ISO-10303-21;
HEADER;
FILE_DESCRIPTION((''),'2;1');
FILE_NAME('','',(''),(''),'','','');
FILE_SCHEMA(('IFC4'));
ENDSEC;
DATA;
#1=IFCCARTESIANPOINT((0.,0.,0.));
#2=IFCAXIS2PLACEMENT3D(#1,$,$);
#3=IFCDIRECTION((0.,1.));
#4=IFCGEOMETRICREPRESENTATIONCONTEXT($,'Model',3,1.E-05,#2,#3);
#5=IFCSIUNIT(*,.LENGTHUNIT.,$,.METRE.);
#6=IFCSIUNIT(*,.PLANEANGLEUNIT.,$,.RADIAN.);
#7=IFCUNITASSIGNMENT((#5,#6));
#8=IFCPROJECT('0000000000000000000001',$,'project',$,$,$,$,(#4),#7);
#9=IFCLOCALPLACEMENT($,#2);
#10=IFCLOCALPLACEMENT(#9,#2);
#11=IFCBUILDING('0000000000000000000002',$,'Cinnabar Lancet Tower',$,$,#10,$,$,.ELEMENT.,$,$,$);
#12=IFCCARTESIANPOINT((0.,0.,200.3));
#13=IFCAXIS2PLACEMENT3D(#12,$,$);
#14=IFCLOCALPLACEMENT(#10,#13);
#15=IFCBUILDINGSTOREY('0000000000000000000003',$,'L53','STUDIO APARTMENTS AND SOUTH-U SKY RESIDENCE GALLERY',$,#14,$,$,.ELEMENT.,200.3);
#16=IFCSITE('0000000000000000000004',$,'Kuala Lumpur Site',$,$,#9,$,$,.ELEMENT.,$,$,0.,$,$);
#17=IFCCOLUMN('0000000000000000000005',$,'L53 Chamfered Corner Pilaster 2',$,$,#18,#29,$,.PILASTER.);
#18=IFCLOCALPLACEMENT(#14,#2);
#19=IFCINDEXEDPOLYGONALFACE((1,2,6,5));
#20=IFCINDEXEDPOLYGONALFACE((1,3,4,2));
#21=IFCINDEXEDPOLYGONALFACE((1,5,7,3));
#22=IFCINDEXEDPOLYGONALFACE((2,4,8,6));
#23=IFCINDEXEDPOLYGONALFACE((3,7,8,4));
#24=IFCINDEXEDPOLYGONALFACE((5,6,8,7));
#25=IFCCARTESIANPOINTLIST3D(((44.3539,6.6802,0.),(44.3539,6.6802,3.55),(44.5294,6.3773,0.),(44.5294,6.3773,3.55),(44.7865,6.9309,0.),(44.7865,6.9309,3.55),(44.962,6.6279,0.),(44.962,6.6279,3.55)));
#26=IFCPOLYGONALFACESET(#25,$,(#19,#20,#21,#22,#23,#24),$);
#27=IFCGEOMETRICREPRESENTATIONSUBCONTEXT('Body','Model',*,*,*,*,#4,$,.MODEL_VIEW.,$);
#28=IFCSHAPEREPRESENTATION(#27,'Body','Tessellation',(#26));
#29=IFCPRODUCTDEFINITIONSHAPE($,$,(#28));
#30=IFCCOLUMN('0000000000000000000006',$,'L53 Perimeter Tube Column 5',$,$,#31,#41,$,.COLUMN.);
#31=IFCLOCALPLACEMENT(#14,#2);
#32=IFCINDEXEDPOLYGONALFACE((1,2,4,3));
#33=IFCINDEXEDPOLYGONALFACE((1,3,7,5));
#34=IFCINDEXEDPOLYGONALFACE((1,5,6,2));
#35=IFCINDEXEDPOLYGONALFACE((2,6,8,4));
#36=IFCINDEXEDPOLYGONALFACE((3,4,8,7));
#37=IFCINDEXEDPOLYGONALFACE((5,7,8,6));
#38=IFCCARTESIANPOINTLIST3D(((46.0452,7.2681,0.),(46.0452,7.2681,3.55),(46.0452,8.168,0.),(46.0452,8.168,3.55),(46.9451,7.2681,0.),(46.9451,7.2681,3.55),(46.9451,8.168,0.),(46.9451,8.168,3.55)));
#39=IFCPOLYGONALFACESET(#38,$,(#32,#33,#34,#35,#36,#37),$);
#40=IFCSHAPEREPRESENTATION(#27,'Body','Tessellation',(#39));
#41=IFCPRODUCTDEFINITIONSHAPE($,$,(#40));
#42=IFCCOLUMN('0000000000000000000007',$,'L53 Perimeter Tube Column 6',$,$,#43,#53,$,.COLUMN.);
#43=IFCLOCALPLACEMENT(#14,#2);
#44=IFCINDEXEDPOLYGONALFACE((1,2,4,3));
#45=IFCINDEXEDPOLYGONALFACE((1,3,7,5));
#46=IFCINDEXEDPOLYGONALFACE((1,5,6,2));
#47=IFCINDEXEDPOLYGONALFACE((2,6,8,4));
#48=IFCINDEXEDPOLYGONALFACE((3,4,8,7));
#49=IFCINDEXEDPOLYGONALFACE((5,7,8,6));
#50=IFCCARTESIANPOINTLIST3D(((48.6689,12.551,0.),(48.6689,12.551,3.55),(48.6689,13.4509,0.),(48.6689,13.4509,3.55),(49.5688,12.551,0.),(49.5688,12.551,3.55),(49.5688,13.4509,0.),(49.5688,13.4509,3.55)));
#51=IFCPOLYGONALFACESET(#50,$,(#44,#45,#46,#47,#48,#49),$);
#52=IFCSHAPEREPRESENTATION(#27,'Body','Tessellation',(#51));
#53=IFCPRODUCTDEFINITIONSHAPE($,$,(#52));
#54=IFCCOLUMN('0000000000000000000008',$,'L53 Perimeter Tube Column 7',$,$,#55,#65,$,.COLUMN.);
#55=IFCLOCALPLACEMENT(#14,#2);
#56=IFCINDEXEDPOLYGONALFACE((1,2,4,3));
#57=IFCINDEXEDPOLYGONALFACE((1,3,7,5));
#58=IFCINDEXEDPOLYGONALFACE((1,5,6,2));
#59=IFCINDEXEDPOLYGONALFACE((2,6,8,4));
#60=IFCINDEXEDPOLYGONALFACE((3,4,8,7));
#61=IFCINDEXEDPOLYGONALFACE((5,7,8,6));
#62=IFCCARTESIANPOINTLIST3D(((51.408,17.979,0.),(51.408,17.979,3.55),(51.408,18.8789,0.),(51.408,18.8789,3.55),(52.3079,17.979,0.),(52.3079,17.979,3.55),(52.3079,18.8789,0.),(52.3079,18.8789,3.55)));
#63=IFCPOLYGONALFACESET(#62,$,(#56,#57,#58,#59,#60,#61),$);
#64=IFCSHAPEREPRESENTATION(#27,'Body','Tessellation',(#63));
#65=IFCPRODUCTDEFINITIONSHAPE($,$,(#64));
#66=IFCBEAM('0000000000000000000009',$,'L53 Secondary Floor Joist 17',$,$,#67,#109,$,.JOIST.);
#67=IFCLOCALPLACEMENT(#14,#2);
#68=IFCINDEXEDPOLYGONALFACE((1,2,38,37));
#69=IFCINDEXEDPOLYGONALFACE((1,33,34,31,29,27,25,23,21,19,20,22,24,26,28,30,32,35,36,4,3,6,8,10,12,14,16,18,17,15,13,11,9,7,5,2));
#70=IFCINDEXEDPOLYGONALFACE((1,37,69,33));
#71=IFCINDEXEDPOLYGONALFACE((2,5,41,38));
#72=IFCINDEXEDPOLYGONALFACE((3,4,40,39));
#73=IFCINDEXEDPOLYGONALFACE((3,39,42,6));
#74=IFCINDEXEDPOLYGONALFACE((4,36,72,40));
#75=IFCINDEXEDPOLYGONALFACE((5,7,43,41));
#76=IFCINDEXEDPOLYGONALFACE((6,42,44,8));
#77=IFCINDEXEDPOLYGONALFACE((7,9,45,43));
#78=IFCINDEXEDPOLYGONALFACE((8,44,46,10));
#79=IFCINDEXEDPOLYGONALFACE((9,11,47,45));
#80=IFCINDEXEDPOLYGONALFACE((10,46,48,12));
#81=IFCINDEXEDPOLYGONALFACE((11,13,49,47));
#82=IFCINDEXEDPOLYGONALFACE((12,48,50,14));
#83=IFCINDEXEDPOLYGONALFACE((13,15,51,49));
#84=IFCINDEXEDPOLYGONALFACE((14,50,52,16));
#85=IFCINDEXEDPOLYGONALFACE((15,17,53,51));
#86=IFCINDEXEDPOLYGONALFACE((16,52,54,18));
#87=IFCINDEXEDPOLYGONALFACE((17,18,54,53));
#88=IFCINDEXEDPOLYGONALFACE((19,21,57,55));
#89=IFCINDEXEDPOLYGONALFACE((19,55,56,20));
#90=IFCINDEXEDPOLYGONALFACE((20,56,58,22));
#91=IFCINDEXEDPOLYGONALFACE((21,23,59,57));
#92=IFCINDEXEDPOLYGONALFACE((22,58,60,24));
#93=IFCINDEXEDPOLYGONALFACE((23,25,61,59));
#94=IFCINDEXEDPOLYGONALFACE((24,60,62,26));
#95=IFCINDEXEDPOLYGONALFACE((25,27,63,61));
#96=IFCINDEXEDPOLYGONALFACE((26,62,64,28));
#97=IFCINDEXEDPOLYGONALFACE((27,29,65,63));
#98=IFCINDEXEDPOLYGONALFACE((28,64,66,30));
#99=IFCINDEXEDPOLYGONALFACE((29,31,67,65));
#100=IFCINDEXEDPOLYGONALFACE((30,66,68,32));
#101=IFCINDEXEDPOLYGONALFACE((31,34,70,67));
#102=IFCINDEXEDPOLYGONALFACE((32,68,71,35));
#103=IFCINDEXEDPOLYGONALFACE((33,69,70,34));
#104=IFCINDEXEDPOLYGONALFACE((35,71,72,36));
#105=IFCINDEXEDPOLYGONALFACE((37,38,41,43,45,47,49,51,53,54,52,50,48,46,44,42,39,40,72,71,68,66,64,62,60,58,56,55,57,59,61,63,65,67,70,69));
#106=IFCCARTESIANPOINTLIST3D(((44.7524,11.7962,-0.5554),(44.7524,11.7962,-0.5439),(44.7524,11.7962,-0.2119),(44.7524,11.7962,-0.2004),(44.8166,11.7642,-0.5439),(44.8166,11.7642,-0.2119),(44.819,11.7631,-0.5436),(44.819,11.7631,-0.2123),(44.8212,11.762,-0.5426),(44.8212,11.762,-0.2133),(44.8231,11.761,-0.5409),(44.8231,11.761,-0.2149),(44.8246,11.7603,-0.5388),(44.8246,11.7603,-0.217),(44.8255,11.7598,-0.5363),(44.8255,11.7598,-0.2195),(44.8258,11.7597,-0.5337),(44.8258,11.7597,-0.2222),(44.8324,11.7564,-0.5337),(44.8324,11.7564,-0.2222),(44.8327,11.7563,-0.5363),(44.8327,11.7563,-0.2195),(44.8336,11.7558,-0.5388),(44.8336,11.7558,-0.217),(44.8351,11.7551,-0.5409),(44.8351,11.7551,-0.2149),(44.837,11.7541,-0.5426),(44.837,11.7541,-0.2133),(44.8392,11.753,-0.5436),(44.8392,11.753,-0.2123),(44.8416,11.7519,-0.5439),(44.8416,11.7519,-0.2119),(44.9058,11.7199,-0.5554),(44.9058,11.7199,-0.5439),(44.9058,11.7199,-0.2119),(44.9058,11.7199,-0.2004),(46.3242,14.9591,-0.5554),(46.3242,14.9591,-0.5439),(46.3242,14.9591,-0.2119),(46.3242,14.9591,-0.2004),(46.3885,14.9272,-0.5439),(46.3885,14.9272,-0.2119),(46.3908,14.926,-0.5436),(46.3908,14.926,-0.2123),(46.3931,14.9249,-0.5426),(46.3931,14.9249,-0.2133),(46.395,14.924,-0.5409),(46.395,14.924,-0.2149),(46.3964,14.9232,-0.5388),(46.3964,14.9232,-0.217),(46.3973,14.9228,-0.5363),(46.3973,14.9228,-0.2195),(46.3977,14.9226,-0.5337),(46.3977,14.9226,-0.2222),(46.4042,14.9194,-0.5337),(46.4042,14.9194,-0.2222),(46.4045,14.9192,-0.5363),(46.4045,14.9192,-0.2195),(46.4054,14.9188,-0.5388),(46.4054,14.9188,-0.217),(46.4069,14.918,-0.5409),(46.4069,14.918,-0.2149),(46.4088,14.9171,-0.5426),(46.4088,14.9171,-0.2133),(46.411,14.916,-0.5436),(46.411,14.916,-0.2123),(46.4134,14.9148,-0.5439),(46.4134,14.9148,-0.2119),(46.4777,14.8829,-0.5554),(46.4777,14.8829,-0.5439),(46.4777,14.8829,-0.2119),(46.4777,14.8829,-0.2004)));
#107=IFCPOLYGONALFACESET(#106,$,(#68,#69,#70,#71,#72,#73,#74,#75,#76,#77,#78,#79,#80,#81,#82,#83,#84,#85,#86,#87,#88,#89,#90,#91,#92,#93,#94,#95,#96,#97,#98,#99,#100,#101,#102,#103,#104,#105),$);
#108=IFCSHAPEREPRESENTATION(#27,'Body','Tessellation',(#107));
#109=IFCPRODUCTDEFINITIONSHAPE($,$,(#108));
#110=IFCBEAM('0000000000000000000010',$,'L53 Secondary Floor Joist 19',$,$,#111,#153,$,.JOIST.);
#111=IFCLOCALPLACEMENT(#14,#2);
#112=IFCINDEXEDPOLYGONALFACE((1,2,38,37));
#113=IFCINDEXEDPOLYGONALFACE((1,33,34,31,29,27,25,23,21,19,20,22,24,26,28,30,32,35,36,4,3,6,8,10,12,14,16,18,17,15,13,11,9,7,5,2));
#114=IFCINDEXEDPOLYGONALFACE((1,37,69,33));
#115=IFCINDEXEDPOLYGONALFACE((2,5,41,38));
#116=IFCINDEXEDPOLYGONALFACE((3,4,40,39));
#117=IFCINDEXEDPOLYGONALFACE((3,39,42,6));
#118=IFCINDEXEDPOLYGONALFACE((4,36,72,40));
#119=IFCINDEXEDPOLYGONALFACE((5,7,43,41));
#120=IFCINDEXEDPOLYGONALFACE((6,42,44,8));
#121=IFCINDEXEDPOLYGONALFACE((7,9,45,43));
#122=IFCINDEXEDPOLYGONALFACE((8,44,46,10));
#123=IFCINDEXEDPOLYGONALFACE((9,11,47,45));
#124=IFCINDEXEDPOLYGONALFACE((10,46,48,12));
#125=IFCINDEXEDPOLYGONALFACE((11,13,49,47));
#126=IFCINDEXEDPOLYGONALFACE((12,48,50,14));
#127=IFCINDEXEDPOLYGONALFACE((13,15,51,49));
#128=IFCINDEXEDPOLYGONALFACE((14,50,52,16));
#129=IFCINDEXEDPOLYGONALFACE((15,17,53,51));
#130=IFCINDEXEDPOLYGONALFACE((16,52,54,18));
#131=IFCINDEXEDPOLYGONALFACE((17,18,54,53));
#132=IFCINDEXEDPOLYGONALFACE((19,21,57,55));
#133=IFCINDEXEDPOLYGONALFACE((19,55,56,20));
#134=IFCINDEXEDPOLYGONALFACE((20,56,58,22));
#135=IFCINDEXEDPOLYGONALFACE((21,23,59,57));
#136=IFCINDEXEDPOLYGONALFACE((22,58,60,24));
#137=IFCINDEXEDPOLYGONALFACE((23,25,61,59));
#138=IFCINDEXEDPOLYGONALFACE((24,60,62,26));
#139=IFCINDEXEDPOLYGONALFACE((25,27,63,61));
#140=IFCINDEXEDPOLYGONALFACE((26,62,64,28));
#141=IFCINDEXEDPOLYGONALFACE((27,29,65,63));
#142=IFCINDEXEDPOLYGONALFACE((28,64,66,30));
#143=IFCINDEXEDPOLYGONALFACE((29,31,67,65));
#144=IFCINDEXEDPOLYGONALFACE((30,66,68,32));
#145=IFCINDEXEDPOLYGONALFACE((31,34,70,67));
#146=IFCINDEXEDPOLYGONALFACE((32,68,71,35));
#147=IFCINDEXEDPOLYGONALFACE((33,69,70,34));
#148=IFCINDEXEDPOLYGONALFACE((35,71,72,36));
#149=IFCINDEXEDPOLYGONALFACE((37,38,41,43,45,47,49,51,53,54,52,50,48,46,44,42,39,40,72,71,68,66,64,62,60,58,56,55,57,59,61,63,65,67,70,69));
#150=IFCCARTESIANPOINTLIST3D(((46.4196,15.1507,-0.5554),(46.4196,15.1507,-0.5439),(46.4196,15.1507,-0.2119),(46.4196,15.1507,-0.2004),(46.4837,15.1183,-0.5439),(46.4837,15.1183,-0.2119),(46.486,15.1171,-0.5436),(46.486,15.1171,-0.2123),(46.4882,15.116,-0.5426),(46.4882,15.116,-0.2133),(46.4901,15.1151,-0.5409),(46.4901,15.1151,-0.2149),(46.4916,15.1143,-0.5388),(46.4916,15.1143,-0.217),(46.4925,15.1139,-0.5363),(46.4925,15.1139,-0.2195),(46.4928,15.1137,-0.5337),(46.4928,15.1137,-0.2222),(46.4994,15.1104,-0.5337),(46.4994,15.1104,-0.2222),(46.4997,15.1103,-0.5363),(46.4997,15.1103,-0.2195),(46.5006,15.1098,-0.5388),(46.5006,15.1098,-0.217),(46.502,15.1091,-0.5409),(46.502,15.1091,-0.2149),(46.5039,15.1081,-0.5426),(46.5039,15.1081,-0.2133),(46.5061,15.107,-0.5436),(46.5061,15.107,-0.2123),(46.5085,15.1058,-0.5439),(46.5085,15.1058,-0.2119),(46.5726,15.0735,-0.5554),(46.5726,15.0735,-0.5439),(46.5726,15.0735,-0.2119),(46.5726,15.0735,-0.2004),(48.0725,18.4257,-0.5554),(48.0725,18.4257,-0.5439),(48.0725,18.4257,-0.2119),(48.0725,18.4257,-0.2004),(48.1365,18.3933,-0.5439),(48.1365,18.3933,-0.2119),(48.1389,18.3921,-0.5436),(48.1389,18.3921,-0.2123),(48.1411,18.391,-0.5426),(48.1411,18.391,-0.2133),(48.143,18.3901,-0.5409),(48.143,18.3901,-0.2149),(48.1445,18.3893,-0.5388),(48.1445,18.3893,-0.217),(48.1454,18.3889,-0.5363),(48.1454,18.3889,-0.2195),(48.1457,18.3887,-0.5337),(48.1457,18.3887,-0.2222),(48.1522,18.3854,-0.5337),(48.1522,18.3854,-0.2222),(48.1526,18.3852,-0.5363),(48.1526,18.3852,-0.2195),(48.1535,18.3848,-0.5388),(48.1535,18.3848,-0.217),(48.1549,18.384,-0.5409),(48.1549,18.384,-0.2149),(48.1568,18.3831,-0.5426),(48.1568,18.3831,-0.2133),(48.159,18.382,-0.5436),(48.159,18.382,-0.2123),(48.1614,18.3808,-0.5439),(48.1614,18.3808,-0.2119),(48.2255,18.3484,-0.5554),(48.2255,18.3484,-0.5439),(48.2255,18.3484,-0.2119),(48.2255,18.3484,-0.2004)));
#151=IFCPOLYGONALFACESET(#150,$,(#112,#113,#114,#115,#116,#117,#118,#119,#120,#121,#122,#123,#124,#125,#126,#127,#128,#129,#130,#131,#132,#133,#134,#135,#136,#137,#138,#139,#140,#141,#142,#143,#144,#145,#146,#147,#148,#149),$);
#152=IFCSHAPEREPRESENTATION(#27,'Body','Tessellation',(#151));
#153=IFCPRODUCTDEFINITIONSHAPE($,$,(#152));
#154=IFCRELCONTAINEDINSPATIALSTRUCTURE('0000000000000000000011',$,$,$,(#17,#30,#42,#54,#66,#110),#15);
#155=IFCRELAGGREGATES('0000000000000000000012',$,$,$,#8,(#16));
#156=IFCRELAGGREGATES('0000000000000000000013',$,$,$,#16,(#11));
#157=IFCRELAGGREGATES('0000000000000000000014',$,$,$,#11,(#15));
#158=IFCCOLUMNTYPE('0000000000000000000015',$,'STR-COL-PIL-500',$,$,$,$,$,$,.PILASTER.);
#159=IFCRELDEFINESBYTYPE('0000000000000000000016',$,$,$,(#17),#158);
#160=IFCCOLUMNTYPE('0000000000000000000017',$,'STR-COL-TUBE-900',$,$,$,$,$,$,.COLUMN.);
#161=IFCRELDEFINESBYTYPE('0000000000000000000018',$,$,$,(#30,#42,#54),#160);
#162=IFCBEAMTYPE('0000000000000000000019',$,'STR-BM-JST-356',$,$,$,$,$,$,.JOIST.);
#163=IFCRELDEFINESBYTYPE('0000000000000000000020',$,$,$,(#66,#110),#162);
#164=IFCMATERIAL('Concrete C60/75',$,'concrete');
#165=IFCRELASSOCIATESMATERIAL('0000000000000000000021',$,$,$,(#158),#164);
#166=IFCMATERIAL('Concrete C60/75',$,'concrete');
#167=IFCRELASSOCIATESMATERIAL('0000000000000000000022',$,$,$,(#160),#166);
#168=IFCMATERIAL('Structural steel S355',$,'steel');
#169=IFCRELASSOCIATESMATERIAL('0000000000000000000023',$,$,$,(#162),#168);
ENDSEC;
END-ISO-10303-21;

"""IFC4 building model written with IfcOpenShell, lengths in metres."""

from ifc_helpers import new_model, si_unit, direction, frame, origin, origin_2d, place, context, subcontext, project, spatial, rectangle, i_section, extrude, material, material_profile, profile_set, type_object, element, save


model = new_model("IFC4")

# Units and contexts
model_context = context("Model", 3, precision=1e-05, world=origin(), true_north=direction((0.0, 1.0)))
body_context = subcontext(model_context, "Body", "Model", "MODEL_VIEW")
ifc_project = project(units=[si_unit("LENGTHUNIT", "METRE"), si_unit("PLANEANGLEUNIT", "RADIAN")], contexts=[model_context])

# Site, building, storey
site_placement = place(None, origin())
site = spatial("IfcSite", under=ifc_project, at=site_placement, Name="Kuala Lumpur Site", CompositionType="ELEMENT", RefElevation=0.0)
building_placement = place(site_placement, origin())
building = spatial("IfcBuilding", under=site, at=building_placement, Name="Cinnabar Lancet Tower", CompositionType="ELEMENT")
storey_placement = place(building_placement, frame((0.0, 0.0, 200.3)))
storey = spatial("IfcBuildingStorey", under=building, at=storey_placement, Name="L53", Description="STUDIO APARTMENTS AND SOUTH-U SKY RESIDENCE GALLERY", CompositionType="ELEMENT", Elevation=200.3)

# Columns
ifc_material_1 = material(Name="Concrete C60/75", Category="concrete")
ifc_material_profile_1 = material_profile(ifc_material_1, rectangle(XDim=0.5, YDim=0.3501, at=origin_2d()), Name="RC-PIL 500x350")
ifc_profile_set_1 = profile_set([ifc_material_profile_1], Name="Concrete C60/75")
column_type_1 = type_object("IfcColumnType", Name="STR-COL-PIL-500", PredefinedType="PILASTER", material=ifc_profile_set_1)
column_placement = place(storey_placement, frame((44.658, 6.6541, 0.0), z_axis=(0.0, 0.0, 1.0), x_axis=(0.86523, 0.501375, 0.0)))
element("IfcColumn", 1, at=column_placement, inside=storey, type_object=column_type_1, Name="L53 Chamfered Corner Pilaster 2", PredefinedType="PILASTER", context=body_context, shape_type="SweptSolid", body=[
    extrude(rectangle(XDim=0.5, YDim=0.3501, at=origin_2d()), origin(), (0.0, 0.0, 1.0), 3.55),
])
ifc_material_2 = material(Name="Concrete C60/75", Category="concrete")
ifc_material_profile_2 = material_profile(ifc_material_2, rectangle(XDim=0.8999, YDim=0.8999, at=origin_2d()), Name="RC-COL 900x900")
ifc_profile_set_2 = profile_set([ifc_material_profile_2], Name="Concrete C60/75")
column_type_2 = type_object("IfcColumnType", Name="STR-COL-TUBE-900", PredefinedType="COLUMN", material=ifc_profile_set_2)
for number, where, z_axis, x_axis, name in (
    (2, (46.4951, 7.718, 0.0), (0.0, 0.0, 1.0), (1.0, 0.0, 0.0), "L53 Perimeter Tube Column 5"),
    (3, (49.1189, 13.001, 0.0), (0.0, 0.0, 1.0), (1.0, 0.0, 0.0), "L53 Perimeter Tube Column 6"),
    (4, (51.8579, 18.429, 0.0), (0.0, 0.0, 1.0), (1.0, 0.0, 0.0), "L53 Perimeter Tube Column 7"),
):
    element("IfcColumn", number, at=place(storey_placement, frame(where, z_axis=z_axis, x_axis=x_axis)), inside=storey, type_object=column_type_2, Name=name, PredefinedType="COLUMN", context=body_context, shape_type="SweptSolid", body=[
        extrude(rectangle(XDim=0.8999, YDim=0.8999, at=origin_2d()), origin(), (0.0, 0.0, 1.0), 3.55),
    ])

# Beams
ifc_material_3 = material(Name="Structural steel S355", Category="steel")
ifc_material_profile_3 = material_profile(ifc_material_3, i_section(OverallWidth=0.1714, OverallDepth=0.355, WebThickness=0.0073, FlangeThickness=0.0115, FilletRadius=0.0103, at=origin_2d()), Name="UKB 356x171x51")
ifc_profile_set_3 = profile_set([ifc_material_profile_3], Name="Structural steel S355")
beam_type_1 = type_object("IfcBeamType", Name="STR-BM-JST-356", PredefinedType="JOIST", material=ifc_profile_set_3)
beam_1_placement = place(storey_placement, frame((44.8291, 11.7581, -0.3779), z_axis=(0.445028, 0.895517, 0.0), x_axis=(-0.895517, 0.445028, 0.0)))
element("IfcBeam", 5, at=beam_1_placement, inside=storey, type_object=beam_type_1, Name="L53 Secondary Floor Joist 17", PredefinedType="JOIST", context=body_context, shape_type="SweptSolid", body=[
    extrude(i_section(OverallWidth=0.1714, OverallDepth=0.355, WebThickness=0.0073, FlangeThickness=0.0115, FilletRadius=0.0103, at=origin_2d()), origin(), (0.0, 0.0, 1.0), 3.532),
])
beam_2_placement = place(storey_placement, frame((46.4961, 15.1121, -0.3779), z_axis=(0.450565, 0.892744, 0.0), x_axis=(-0.892744, 0.450565, 0.0)))
element("IfcBeam", 6, at=beam_2_placement, inside=storey, type_object=beam_type_1, Name="L53 Secondary Floor Joist 19", PredefinedType="JOIST", context=body_context, shape_type="SweptSolid", body=[
    extrude(i_section(OverallWidth=0.1714, OverallDepth=0.355, WebThickness=0.0073, FlangeThickness=0.0115, FilletRadius=0.0103, at=origin_2d()), origin(), (0.0, 0.0, 1.0), 3.6685),
])

save(model, "model.ifc")
